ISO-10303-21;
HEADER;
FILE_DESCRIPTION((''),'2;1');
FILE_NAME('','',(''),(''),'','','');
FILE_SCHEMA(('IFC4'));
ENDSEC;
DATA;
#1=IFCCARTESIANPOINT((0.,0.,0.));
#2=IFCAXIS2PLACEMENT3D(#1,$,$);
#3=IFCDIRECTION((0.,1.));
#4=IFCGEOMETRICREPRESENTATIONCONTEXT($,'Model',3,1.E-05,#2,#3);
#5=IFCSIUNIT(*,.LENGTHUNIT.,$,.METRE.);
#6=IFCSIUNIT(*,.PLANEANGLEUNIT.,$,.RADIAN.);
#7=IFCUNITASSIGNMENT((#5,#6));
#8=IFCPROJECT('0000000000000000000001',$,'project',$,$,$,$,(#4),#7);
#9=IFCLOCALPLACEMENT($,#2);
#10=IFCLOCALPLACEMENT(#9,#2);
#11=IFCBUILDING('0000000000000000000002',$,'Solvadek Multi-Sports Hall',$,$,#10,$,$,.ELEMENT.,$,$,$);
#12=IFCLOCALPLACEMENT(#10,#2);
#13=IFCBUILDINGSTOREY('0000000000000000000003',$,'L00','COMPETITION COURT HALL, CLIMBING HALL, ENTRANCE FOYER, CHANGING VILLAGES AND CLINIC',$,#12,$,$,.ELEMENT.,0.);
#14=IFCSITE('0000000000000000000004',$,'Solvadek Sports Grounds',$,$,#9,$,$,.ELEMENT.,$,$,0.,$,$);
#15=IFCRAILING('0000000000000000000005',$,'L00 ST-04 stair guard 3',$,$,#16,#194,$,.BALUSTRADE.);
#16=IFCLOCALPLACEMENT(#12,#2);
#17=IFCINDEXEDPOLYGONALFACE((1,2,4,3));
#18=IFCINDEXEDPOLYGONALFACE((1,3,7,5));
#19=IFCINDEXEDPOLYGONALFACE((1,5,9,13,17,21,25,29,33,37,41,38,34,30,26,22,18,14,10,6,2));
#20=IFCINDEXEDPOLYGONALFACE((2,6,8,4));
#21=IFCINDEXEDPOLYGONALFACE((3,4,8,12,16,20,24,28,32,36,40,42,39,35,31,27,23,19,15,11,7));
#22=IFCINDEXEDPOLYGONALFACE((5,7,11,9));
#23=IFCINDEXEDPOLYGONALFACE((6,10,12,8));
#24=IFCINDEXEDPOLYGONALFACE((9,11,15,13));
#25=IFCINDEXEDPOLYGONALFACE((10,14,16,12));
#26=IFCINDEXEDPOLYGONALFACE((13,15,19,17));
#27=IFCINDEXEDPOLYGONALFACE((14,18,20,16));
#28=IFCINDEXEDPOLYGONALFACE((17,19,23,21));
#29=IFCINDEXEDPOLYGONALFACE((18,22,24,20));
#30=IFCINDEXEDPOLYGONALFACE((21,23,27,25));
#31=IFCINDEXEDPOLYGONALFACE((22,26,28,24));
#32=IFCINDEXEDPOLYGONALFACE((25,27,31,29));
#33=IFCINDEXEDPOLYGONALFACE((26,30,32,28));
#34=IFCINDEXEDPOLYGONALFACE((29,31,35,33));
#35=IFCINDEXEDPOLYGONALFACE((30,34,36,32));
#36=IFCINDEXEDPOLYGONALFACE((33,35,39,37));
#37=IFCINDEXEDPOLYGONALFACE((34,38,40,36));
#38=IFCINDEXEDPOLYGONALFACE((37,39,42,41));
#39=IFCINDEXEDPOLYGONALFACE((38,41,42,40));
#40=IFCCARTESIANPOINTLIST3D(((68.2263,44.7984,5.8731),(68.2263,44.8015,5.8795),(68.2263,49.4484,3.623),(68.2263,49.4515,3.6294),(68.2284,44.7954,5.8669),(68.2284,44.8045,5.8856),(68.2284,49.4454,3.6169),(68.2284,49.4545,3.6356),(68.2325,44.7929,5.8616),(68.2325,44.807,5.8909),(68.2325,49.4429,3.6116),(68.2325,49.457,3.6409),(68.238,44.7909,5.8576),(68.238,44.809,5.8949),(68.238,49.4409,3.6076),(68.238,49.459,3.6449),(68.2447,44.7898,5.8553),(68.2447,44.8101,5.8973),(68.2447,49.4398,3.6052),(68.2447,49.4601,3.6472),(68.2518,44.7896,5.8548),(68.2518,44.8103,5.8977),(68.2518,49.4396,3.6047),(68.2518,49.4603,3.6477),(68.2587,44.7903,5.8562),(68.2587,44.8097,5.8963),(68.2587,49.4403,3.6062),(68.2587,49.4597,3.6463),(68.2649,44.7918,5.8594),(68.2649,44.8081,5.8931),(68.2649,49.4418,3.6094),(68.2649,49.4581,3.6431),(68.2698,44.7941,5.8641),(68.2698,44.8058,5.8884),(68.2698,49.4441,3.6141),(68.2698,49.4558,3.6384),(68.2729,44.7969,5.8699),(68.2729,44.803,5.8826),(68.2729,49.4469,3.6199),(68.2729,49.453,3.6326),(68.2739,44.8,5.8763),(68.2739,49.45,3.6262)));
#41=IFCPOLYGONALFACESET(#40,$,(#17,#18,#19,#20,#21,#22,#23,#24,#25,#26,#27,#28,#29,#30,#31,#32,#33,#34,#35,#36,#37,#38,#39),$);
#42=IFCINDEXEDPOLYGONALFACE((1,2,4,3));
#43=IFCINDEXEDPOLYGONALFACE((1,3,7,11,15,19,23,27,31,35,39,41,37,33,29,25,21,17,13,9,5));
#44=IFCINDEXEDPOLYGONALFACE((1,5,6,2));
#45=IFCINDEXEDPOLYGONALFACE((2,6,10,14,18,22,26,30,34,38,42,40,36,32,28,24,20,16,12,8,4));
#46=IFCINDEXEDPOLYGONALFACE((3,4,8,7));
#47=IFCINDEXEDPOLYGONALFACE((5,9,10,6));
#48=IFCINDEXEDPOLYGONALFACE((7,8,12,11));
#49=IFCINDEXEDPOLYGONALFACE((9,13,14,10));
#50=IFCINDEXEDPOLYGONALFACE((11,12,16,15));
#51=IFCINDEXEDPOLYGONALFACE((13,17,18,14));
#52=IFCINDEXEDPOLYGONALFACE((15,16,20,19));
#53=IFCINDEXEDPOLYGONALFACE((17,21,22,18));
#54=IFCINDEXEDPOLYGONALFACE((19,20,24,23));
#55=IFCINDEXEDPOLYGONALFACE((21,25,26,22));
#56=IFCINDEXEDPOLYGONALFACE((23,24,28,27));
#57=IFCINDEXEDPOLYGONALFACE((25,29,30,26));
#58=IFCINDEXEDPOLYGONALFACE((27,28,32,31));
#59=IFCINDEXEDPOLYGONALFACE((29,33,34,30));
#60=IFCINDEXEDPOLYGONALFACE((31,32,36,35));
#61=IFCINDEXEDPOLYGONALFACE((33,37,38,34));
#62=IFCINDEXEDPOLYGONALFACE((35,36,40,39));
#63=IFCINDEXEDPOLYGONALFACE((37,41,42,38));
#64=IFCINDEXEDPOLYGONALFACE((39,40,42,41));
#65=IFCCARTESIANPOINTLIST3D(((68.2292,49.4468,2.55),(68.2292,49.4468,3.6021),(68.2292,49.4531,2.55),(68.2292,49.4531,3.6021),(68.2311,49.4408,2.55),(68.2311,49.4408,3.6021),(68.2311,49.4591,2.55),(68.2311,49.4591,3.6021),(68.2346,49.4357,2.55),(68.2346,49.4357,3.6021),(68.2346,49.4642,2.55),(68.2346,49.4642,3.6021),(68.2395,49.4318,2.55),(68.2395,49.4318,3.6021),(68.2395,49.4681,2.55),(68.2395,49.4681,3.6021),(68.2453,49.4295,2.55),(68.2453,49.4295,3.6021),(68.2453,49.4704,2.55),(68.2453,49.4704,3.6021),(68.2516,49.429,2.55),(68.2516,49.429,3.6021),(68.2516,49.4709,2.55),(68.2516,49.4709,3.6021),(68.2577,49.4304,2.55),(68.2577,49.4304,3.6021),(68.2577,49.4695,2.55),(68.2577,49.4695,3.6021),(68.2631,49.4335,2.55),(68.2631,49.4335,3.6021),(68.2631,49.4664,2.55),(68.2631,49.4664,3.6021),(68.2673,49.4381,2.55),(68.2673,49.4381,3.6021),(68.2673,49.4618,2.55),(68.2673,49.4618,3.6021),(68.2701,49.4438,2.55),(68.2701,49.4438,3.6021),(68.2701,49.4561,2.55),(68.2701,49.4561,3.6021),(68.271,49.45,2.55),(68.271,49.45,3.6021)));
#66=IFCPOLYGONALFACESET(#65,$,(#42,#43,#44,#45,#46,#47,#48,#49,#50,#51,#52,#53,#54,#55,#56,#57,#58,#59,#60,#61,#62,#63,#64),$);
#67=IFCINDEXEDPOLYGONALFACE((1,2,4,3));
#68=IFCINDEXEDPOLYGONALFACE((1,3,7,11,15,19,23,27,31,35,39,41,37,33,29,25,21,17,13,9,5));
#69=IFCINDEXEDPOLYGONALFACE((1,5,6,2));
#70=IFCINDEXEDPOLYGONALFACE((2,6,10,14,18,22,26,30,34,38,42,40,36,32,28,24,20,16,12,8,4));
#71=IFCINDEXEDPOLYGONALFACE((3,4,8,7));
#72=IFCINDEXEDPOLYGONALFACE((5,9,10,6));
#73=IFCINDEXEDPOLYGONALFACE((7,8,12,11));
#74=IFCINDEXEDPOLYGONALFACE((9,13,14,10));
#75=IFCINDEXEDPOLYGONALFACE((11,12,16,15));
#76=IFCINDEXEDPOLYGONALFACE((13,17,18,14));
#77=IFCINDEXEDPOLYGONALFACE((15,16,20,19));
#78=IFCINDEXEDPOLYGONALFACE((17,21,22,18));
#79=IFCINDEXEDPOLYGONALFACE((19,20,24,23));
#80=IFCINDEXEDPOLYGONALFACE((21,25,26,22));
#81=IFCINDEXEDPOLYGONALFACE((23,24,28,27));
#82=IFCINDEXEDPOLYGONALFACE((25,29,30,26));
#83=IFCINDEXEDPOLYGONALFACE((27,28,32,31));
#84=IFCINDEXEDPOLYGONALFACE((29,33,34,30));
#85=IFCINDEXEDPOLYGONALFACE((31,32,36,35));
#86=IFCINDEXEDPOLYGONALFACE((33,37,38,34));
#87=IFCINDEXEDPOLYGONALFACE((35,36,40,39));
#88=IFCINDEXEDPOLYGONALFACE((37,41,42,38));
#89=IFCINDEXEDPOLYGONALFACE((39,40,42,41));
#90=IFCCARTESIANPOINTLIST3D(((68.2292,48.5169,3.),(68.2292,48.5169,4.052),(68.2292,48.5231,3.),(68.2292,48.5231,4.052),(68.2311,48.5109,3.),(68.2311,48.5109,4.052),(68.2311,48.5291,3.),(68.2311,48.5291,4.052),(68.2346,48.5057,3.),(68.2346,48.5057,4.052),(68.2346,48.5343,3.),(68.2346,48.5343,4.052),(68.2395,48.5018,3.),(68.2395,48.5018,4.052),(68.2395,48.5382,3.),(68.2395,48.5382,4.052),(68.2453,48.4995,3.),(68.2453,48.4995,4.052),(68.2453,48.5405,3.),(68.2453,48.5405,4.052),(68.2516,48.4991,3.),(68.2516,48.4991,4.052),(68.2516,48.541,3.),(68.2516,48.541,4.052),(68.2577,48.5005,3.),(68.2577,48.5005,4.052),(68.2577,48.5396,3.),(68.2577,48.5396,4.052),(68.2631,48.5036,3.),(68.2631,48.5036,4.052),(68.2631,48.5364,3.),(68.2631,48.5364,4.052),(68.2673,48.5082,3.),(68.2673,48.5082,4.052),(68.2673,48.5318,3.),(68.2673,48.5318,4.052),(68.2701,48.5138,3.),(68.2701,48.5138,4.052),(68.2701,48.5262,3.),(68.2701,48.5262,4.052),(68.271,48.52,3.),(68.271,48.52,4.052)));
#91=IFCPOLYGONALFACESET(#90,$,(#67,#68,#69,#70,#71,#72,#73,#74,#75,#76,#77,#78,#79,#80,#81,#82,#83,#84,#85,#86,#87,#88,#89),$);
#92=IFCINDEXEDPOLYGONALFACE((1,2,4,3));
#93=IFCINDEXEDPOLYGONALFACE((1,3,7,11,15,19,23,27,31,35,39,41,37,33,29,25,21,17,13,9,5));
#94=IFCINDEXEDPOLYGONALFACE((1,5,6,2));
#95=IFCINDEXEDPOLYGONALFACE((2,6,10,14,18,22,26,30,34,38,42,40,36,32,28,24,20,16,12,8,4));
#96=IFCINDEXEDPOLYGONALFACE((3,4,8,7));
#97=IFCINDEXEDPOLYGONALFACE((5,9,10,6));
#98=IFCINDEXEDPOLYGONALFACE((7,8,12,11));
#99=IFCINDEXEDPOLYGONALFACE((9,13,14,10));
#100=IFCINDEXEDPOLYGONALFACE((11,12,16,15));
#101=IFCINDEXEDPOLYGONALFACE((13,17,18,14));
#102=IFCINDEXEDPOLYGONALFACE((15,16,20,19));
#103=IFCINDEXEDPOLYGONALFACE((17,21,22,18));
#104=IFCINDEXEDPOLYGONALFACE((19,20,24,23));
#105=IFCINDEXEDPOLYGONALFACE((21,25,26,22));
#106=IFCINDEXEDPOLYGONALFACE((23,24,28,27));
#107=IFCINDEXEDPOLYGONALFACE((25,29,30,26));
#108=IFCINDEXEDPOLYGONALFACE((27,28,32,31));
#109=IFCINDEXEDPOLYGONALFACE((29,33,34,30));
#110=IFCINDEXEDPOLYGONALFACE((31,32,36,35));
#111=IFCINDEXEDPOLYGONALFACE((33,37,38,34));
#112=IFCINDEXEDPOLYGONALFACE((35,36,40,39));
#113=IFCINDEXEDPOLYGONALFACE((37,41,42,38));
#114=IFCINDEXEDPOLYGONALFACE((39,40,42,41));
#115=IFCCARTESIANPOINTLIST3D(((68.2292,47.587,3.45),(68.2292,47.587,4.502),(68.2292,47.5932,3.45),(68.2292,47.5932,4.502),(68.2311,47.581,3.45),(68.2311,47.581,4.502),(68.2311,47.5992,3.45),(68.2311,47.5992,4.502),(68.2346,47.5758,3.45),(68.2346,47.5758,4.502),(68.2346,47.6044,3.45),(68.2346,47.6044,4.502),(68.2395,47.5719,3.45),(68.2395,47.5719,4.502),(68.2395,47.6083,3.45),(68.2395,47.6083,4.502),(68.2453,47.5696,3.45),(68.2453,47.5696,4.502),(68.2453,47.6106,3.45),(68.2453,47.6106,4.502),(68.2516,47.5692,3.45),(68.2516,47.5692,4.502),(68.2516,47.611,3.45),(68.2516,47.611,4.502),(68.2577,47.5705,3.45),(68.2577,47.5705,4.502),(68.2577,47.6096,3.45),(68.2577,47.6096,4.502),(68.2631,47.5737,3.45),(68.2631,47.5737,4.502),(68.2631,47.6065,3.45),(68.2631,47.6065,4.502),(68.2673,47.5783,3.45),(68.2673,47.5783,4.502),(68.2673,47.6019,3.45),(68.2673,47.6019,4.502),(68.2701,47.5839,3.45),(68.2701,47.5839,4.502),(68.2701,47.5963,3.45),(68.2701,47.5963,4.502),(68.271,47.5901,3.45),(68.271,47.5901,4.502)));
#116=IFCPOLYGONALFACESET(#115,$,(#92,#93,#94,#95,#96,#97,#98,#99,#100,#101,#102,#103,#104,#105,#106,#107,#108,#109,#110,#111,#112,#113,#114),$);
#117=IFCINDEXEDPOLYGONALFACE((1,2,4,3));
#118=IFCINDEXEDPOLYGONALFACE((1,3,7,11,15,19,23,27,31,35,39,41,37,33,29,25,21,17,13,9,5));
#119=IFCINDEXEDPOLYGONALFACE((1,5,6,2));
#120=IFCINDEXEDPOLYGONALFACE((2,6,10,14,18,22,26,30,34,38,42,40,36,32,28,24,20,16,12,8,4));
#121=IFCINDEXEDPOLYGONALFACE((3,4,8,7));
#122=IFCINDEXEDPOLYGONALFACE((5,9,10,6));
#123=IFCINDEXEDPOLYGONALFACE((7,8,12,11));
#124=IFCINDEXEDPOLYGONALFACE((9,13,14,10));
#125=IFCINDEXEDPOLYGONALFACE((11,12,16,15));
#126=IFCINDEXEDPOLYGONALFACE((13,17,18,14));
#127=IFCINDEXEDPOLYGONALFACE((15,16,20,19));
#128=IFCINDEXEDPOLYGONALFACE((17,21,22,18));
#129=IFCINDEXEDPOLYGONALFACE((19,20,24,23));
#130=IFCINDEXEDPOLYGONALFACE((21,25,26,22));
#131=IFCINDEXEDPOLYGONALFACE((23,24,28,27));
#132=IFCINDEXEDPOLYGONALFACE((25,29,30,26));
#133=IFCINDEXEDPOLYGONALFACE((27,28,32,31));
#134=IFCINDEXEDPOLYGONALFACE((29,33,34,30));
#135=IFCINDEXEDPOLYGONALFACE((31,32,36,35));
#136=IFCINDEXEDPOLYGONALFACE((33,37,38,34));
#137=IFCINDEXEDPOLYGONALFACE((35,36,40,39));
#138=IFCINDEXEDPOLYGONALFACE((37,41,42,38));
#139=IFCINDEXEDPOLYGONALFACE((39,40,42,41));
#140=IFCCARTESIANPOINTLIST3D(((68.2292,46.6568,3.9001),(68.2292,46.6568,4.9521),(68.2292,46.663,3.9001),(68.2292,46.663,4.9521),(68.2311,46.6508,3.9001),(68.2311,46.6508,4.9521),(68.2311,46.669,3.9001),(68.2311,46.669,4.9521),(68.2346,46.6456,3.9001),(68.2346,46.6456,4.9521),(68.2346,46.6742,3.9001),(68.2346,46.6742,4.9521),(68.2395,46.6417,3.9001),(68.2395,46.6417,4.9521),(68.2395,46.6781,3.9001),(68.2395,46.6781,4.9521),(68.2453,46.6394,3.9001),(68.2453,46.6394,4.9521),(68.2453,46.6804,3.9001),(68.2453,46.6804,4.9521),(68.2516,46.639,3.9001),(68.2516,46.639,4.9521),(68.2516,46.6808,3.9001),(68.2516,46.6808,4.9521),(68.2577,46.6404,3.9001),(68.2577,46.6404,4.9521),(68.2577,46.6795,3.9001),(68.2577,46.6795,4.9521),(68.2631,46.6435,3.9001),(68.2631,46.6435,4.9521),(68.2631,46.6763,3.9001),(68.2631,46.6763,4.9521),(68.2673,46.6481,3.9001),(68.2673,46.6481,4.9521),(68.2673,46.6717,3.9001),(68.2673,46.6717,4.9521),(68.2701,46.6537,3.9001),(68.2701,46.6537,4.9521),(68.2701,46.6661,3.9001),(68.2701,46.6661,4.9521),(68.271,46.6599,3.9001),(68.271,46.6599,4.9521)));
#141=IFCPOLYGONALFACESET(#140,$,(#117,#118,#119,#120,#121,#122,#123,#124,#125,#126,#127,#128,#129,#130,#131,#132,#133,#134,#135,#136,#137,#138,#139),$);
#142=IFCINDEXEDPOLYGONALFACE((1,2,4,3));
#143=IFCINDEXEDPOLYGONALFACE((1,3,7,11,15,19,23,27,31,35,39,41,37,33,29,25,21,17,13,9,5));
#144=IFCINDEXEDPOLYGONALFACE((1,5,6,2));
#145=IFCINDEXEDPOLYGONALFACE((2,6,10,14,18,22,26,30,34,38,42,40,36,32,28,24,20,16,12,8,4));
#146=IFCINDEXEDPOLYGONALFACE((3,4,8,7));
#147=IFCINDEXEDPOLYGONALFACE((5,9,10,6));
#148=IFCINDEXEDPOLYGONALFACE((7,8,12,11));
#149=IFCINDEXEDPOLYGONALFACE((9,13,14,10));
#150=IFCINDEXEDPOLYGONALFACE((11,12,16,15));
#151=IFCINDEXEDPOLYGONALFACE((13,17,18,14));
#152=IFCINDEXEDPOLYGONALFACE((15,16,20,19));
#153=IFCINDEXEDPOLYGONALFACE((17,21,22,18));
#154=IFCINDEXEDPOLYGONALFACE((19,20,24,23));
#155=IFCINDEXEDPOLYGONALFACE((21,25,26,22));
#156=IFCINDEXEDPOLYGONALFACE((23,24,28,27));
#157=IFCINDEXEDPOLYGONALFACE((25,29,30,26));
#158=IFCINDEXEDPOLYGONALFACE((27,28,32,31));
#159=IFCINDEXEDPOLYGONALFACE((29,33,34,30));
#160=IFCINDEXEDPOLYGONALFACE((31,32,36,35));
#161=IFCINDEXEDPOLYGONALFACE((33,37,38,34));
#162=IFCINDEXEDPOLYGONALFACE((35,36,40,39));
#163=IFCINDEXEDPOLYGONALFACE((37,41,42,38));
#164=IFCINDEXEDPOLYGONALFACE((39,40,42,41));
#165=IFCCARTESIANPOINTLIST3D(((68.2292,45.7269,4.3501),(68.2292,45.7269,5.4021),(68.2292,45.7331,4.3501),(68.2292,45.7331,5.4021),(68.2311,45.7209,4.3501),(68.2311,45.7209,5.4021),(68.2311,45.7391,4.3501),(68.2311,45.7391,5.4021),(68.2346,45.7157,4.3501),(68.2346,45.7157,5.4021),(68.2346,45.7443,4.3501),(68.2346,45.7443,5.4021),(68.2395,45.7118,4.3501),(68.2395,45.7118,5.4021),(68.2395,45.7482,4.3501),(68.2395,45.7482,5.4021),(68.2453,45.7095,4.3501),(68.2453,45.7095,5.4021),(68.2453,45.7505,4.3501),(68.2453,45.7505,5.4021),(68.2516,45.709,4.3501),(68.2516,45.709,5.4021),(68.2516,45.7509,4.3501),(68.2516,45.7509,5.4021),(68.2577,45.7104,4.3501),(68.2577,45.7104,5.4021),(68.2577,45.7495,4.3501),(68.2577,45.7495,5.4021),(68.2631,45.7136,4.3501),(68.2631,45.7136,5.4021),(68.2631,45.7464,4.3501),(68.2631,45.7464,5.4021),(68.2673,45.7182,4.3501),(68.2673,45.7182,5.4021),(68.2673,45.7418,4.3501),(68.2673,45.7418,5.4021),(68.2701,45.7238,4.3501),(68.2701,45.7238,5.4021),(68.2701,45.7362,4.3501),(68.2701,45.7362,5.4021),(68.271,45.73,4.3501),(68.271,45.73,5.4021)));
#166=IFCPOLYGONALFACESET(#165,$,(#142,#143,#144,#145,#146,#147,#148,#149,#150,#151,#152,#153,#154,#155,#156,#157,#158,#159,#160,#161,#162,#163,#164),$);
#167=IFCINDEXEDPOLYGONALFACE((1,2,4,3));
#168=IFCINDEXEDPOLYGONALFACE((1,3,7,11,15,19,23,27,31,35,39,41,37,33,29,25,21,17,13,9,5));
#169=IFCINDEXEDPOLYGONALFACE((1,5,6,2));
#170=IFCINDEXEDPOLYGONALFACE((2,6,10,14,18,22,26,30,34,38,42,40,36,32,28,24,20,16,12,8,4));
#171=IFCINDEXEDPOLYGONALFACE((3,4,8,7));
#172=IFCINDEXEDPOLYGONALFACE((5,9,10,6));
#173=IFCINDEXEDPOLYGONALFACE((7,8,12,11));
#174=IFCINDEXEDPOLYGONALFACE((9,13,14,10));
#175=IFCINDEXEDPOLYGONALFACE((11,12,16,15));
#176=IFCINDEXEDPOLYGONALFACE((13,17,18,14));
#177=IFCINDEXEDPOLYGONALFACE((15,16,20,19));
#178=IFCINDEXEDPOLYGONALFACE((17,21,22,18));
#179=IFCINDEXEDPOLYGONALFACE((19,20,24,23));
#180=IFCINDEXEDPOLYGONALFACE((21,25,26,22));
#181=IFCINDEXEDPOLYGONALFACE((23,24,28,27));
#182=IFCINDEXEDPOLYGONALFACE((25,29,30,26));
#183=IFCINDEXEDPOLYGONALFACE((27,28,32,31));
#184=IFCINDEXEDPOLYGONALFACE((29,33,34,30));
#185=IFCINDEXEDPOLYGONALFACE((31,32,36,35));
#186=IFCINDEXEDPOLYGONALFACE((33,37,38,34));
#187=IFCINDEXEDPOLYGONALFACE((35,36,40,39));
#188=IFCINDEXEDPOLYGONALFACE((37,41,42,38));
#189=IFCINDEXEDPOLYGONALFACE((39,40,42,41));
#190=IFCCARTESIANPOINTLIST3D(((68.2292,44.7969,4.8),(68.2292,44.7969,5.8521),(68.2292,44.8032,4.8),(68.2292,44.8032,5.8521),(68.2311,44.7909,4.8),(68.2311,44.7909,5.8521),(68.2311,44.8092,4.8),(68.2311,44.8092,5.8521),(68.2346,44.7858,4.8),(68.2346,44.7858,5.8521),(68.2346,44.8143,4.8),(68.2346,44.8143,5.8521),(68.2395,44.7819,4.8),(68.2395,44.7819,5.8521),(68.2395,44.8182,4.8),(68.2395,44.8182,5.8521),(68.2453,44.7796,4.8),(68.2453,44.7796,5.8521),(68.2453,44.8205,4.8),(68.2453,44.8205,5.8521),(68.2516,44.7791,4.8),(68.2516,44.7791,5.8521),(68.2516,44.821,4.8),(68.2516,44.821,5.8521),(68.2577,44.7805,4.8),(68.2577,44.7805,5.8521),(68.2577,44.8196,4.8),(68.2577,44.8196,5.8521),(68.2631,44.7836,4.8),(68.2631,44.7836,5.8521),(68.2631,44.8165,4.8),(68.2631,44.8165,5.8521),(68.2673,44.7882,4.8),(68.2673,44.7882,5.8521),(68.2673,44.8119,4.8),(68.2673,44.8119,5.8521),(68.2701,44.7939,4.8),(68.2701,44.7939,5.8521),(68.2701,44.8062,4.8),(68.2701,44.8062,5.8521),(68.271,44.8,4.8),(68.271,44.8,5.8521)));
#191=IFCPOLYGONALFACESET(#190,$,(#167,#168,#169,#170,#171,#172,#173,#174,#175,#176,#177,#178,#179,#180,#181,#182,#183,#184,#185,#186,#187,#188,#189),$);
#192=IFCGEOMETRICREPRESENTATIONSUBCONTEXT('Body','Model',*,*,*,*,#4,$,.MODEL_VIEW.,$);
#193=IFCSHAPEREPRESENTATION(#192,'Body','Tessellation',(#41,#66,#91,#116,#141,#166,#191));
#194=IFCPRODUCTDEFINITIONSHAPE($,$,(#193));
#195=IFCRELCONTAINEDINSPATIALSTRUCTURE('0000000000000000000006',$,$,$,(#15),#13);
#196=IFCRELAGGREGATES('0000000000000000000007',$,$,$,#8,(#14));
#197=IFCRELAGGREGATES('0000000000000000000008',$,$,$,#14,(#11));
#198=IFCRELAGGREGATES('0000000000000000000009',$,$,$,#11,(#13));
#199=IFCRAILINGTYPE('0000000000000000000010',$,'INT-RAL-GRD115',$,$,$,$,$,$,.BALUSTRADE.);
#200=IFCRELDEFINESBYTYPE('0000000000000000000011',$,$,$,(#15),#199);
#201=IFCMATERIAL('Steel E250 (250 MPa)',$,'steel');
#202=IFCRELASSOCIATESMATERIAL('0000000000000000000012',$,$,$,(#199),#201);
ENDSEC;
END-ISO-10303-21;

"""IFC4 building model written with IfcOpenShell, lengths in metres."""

from ifc_helpers import new_model, si_unit, direction, frame, origin, origin_2d, place, context, subcontext, project, spatial, circle, extrude, material, type_object, element, save


model = new_model("IFC4")

# Units and contexts
model_context = context("Model", 3, precision=1e-05, world=origin(), true_north=direction((0.0, 1.0)))
body_context = subcontext(model_context, "Body", "Model", "MODEL_VIEW")
ifc_project = project(units=[si_unit("LENGTHUNIT", "METRE"), si_unit("PLANEANGLEUNIT", "RADIAN")], contexts=[model_context])

# Site, building, storey
site_placement = place(None, origin())
site = spatial("IfcSite", under=ifc_project, at=site_placement, Name="Solvadek Sports Grounds", CompositionType="ELEMENT", RefElevation=0.0)
building_placement = place(site_placement, origin())
building = spatial("IfcBuilding", under=site, at=building_placement, Name="Solvadek Multi-Sports Hall", CompositionType="ELEMENT")
storey_placement = place(building_placement, origin())
storey = spatial("IfcBuildingStorey", under=building, at=storey_placement, Name="L00", Description="COMPETITION COURT HALL, CLIMBING HALL, ENTRANCE FOYER, CHANGING VILLAGES AND CLINIC", CompositionType="ELEMENT", Elevation=0.0)

# Shared definitions
ifc_material_1 = material(Name="Steel E250 (250 MPa)", Category="steel")

# Railing
railing_type_1 = type_object("IfcRailingType", Name="INT-RAL-GRD115", PredefinedType="BALUSTRADE", material=ifc_material_1)
railing_1_placement = place(storey_placement, frame((68.25, 49.45, 2.55)))
element("IfcRailing", 1, at=railing_1_placement, inside=storey, type_object=railing_type_1, Name="L00 ST-04 stair guard 3", PredefinedType="BALUSTRADE", context=body_context, shape_type="SweptSolid", body=[
    extrude(circle(Radius=0.0239, at=origin_2d()), frame((0.0, 0.0, 1.0762), z_axis=(0.0, -0.900156, 0.435568), x_axis=(1.0, 0.0, 0.0)), (0.0, 0.0, 1.0), 5.1658),
    extrude(circle(Radius=0.021, at=origin_2d()), origin(), (0.0, 0.0, 1.0), 1.052),
    extrude(circle(Radius=0.021, at=origin_2d()), frame((0.0, -0.9299, 0.45)), (0.0, 0.0, 1.0), 1.052),
    extrude(circle(Radius=0.021, at=origin_2d()), frame((0.0, -1.8599, 0.8999)), (0.0, 0.0, 1.0), 1.052),
    extrude(circle(Radius=0.021, at=origin_2d()), frame((0.0, -2.79, 1.3501)), (0.0, 0.0, 1.0), 1.052),
    extrude(circle(Radius=0.021, at=origin_2d()), frame((0.0, -3.72, 1.8)), (0.0, 0.0, 1.0), 1.052),
    extrude(circle(Radius=0.021, at=origin_2d()), frame((0.0, -4.6499, 2.25)), (0.0, 0.0, 1.0), 1.052),
])

save(model, "model.ifc")
